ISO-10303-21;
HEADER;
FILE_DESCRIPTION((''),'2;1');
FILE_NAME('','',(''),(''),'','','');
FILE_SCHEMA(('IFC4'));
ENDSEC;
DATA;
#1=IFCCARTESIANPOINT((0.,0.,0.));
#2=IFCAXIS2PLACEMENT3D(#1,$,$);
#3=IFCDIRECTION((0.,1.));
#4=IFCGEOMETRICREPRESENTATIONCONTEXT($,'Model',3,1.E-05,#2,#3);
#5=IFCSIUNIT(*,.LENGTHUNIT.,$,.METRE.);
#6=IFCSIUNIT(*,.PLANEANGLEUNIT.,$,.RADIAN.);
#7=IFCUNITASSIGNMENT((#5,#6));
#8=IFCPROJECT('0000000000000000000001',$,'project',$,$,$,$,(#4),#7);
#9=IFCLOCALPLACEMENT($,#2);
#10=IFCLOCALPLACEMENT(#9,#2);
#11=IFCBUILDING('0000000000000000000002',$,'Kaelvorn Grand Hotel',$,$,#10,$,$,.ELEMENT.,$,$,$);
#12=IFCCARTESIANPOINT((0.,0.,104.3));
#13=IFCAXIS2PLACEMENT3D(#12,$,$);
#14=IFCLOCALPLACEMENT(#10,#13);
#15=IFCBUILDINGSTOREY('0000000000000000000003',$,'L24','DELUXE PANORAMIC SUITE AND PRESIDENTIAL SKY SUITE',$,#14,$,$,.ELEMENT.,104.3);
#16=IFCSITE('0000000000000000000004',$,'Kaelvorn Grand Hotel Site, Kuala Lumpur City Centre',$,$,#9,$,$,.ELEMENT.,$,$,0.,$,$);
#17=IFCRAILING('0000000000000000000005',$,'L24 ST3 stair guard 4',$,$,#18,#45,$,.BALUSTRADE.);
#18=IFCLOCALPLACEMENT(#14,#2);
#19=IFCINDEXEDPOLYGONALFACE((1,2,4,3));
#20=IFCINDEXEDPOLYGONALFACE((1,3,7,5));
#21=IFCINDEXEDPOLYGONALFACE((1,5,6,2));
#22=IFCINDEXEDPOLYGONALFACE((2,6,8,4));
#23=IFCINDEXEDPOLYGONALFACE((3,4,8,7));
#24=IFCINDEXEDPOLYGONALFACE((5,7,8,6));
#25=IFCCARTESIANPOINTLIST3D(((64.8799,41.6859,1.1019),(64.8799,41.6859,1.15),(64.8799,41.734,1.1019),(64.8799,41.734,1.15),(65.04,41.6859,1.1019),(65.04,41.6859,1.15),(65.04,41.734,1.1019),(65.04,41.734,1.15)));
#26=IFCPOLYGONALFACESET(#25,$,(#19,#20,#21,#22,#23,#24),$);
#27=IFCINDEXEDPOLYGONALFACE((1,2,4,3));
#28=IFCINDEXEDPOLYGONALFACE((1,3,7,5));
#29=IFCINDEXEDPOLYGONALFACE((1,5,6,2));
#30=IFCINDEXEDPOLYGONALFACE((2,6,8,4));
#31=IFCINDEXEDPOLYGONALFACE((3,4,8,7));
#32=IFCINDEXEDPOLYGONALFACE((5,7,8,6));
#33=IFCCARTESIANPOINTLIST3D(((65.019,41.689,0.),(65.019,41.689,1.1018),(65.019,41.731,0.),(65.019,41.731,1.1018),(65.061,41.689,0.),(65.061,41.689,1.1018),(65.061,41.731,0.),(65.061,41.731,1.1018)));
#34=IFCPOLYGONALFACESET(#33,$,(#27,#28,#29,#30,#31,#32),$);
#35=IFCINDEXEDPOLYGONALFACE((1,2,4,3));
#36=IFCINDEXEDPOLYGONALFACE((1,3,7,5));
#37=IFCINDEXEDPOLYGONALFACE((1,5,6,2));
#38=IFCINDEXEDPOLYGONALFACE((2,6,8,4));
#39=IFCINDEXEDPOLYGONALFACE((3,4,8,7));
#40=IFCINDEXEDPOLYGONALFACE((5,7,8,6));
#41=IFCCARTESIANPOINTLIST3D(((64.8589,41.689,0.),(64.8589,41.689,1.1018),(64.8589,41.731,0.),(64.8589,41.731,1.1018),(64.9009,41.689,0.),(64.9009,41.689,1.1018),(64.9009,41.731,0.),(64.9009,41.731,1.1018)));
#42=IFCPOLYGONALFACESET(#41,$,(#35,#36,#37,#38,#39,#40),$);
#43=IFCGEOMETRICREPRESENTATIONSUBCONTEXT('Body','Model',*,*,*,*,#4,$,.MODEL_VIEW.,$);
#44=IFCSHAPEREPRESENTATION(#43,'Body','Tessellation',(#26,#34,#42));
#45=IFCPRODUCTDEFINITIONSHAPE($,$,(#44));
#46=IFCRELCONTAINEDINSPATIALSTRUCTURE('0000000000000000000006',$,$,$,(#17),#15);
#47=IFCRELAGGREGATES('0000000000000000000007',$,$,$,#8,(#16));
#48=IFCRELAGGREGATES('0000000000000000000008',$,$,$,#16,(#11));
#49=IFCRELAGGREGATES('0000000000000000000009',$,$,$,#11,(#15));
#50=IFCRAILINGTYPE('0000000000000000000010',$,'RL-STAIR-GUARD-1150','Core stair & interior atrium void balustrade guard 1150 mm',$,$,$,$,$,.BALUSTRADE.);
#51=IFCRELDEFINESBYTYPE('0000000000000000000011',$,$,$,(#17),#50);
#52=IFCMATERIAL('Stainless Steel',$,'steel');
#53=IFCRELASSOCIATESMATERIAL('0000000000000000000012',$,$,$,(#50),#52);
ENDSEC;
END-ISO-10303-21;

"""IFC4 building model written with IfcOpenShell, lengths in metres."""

from ifc_helpers import new_model, si_unit, direction, frame, origin, origin_2d, place, context, subcontext, project, spatial, rectangle, extrude, material, type_object, element, save


model = new_model("IFC4")

# Units and contexts
model_context = context("Model", 3, precision=1e-05, world=origin(), true_north=direction((0.0, 1.0)))
body_context = subcontext(model_context, "Body", "Model", "MODEL_VIEW")
ifc_project = project(units=[si_unit("LENGTHUNIT", "METRE"), si_unit("PLANEANGLEUNIT", "RADIAN")], contexts=[model_context])

# Site, building, storey
site_placement = place(None, origin())
site = spatial("IfcSite", under=ifc_project, at=site_placement, Name="Kaelvorn Grand Hotel Site, Kuala Lumpur City Centre", CompositionType="ELEMENT", RefElevation=0.0)
building_placement = place(site_placement, origin())
building = spatial("IfcBuilding", under=site, at=building_placement, Name="Kaelvorn Grand Hotel", CompositionType="ELEMENT")
storey_placement = place(building_placement, frame((0.0, 0.0, 104.3)))
storey = spatial("IfcBuildingStorey", under=building, at=storey_placement, Name="L24", Description="DELUXE PANORAMIC SUITE AND PRESIDENTIAL SKY SUITE", CompositionType="ELEMENT", Elevation=104.3)

# Shared definitions
ifc_material_1 = material(Name="Stainless Steel", Category="steel")

# Railing
railing_type_1 = type_object("IfcRailingType", Name="RL-STAIR-GUARD-1150", Description="Core stair & interior atrium void balustrade guard 1150 mm", PredefinedType="BALUSTRADE", material=ifc_material_1)
railing_1_placement = place(storey_placement, frame((65.04, 41.71, 0.0)))
element("IfcRailing", 1, at=railing_1_placement, inside=storey, type_object=railing_type_1, Name="L24 ST3 stair guard 4", PredefinedType="BALUSTRADE", context=body_context, shape_type="SweptSolid", body=[
    extrude(rectangle(XDim=0.0481, YDim=0.0481, at=origin_2d()), frame((0.0, 0.0, 1.126), z_axis=(-1.0, 0.0, 0.0), x_axis=(0.0, -1.0, 0.0)), (0.0, 0.0, 1.0), 0.1602),
    extrude(rectangle(XDim=0.042, YDim=0.042, at=origin_2d()), origin(), (0.0, 0.0, 1.0), 1.1018),
    extrude(rectangle(XDim=0.042, YDim=0.042, at=origin_2d()), frame((-0.1602, 0.0, 0.0)), (0.0, 0.0, 1.0), 1.1018),
])

save(model, "model.ifc")
